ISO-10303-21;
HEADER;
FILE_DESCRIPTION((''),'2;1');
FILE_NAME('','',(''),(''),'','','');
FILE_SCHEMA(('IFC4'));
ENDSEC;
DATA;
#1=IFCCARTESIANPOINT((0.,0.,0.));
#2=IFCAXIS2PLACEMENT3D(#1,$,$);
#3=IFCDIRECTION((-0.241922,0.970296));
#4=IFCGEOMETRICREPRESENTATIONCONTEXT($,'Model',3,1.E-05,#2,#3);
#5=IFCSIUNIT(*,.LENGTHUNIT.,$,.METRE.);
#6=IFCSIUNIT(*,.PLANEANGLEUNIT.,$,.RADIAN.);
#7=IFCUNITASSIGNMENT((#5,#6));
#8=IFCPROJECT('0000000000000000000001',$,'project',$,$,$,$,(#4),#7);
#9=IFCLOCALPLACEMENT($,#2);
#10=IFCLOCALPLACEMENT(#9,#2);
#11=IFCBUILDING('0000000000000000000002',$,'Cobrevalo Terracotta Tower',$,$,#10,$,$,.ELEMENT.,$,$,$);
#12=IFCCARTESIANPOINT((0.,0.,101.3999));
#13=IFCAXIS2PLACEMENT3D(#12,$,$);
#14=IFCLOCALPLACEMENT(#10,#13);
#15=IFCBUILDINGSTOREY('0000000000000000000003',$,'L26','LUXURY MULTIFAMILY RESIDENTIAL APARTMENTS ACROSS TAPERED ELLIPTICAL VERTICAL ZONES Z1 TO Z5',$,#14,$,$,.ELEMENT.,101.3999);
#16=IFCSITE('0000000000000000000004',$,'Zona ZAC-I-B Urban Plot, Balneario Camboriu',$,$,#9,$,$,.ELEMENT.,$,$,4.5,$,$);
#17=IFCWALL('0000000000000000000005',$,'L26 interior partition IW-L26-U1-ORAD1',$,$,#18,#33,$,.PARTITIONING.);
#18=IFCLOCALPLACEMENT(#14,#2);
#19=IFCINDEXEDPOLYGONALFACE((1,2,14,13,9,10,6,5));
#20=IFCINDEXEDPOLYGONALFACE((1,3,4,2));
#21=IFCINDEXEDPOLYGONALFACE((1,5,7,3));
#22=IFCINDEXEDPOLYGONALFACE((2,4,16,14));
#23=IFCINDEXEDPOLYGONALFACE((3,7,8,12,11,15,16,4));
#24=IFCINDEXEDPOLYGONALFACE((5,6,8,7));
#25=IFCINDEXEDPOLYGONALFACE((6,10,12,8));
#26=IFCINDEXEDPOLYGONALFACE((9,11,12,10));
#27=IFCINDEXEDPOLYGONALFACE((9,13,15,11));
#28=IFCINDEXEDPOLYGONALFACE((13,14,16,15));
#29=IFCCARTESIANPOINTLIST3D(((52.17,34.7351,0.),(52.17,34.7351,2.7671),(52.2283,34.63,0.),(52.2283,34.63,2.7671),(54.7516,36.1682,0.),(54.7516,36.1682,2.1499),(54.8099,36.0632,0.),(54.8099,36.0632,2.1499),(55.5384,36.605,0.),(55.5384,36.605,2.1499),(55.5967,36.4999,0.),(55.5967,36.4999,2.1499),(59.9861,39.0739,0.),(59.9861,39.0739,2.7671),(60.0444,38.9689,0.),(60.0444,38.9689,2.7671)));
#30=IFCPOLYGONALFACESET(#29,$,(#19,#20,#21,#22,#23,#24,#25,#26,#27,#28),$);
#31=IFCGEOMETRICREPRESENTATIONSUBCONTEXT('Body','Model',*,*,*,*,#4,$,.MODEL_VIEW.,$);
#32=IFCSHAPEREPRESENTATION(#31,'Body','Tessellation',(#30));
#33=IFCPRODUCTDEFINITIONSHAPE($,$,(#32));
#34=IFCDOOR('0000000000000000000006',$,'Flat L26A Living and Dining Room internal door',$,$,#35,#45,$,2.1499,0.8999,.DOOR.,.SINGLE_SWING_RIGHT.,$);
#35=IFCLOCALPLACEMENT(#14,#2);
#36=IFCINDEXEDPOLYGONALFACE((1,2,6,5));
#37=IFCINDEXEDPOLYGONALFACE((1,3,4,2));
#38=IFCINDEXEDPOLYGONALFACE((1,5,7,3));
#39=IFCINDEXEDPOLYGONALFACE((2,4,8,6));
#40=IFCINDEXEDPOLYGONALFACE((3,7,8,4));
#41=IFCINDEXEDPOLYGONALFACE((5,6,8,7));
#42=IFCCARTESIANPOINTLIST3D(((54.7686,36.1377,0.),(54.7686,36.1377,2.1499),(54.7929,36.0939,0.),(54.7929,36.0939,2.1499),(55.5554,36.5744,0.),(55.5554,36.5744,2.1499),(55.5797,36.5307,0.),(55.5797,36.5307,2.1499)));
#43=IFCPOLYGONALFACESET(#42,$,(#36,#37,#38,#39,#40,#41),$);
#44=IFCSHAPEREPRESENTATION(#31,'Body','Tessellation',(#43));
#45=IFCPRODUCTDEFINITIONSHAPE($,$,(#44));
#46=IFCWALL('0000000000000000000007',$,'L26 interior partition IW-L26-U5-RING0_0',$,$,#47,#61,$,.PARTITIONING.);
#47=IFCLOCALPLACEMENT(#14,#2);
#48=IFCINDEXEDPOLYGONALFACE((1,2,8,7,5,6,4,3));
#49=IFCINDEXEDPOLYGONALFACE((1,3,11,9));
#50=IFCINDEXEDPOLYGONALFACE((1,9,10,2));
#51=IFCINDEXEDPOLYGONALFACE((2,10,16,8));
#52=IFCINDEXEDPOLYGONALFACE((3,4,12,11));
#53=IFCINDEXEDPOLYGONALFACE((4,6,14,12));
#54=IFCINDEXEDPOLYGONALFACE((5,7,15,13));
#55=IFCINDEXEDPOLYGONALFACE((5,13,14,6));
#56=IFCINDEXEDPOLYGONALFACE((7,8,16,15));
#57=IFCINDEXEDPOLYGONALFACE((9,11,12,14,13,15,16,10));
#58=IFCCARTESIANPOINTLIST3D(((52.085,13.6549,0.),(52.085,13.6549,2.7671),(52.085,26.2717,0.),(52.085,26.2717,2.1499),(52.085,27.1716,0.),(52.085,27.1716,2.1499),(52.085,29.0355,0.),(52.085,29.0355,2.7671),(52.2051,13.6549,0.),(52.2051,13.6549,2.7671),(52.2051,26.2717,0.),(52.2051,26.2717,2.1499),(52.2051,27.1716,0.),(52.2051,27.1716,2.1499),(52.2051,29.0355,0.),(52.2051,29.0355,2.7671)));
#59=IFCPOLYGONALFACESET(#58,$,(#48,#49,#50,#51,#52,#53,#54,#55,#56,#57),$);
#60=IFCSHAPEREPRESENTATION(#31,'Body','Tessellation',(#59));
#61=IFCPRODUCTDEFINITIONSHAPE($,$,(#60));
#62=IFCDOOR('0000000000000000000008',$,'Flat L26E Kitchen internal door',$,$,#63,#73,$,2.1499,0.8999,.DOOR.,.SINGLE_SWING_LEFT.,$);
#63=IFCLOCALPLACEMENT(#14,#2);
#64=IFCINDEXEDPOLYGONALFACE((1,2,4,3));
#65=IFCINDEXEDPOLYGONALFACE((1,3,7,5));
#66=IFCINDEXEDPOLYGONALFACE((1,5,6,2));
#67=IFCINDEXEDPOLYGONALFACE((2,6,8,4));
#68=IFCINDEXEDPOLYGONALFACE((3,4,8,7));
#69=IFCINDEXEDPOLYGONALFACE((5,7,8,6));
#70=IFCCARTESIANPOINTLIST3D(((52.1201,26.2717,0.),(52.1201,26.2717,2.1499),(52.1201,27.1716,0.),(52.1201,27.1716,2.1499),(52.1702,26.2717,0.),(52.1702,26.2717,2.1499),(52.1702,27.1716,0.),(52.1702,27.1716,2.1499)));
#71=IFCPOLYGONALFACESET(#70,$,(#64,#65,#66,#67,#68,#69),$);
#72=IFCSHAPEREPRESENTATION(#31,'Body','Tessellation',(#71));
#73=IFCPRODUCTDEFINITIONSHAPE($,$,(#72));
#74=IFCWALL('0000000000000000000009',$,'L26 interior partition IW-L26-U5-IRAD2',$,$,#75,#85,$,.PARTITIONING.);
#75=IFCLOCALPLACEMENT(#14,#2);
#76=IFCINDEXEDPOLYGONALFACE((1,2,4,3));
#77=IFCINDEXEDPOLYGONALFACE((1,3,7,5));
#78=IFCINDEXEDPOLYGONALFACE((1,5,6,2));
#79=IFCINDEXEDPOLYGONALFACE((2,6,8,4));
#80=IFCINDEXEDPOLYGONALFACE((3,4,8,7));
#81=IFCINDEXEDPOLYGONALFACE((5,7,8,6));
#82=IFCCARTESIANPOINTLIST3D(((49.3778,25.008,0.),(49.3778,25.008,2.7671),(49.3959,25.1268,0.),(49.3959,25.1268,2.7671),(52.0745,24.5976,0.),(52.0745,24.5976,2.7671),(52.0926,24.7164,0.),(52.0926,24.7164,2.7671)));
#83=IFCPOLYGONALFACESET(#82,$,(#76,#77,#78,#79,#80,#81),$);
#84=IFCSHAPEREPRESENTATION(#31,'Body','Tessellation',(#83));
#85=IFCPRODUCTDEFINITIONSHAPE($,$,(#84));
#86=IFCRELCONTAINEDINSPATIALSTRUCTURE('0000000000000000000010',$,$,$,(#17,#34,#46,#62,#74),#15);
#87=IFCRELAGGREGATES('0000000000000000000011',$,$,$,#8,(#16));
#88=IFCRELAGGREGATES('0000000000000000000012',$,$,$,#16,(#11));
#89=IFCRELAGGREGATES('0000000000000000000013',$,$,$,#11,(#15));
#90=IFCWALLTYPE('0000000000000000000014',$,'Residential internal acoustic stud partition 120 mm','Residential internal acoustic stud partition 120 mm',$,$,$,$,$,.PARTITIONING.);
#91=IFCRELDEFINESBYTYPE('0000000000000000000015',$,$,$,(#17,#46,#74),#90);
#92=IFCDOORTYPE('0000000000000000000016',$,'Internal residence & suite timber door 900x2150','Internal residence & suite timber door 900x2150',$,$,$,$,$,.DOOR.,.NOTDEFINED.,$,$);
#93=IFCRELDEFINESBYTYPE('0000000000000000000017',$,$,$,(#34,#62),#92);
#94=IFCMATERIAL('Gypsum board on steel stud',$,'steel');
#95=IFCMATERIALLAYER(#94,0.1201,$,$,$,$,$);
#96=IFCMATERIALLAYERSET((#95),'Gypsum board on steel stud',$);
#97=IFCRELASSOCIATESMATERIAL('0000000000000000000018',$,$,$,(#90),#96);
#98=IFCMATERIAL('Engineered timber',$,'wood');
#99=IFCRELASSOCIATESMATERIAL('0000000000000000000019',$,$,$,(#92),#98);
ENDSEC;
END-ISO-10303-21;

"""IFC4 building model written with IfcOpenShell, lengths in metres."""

from ifc_helpers import new_model, si_unit, direction, frame, frame_2d, origin, place, context, subcontext, project, spatial, rectangle, extrude, source, transform, mapped, material, layer, layer_set, type_object, element, fill, save


model = new_model("IFC4")

# Units and contexts
model_context = context("Model", 3, precision=1e-05, world=origin(), true_north=direction((-0.241922, 0.970296)))
body_context = subcontext(model_context, "Body", "Model", "MODEL_VIEW")
ifc_project = project(units=[si_unit("LENGTHUNIT", "METRE"), si_unit("PLANEANGLEUNIT", "RADIAN")], contexts=[model_context])

# Site, building, storey
site_placement = place(None, origin())
site = spatial("IfcSite", under=ifc_project, at=site_placement, Name="Zona ZAC-I-B Urban Plot, Balneario Camboriu", CompositionType="ELEMENT", RefElevation=4.5)
building_placement = place(site_placement, origin())
building = spatial("IfcBuilding", under=site, at=building_placement, Name="Cobrevalo Terracotta Tower", CompositionType="ELEMENT")
storey_placement = place(building_placement, frame((0.0, 0.0, 101.3999)))
storey = spatial("IfcBuildingStorey", under=building, at=storey_placement, Name="L26", Description="LUXURY MULTIFAMILY RESIDENTIAL APARTMENTS ACROSS TAPERED ELLIPTICAL VERTICAL ZONES Z1 TO Z5", CompositionType="ELEMENT", Elevation=101.3999)

# Walls, openings, doors
ifc_material_1 = material(Name="Gypsum board on steel stud", Category="steel")
ifc_layer_1 = layer(ifc_material_1, 0.1201)
ifc_layer_set_1 = layer_set([ifc_layer_1], Name="Gypsum board on steel stud")
wall_type_1 = type_object("IfcWallType", Name="Residential internal acoustic stud partition 120 mm", Description="Residential internal acoustic stud partition 120 mm", PredefinedType="PARTITIONING", material=ifc_layer_set_1)
wall_1_placement = place(storey_placement, frame((52.1992, 34.6826, 0.0), z_axis=(0.0, 0.0, 1.0), x_axis=(0.874321, 0.485348, 0.0)))
wall_1 = element("IfcWall", 1, at=wall_1_placement, inside=storey, type_object=wall_type_1, Name="L26 interior partition IW-L26-U1-ORAD1", PredefinedType="PARTITIONING", context=body_context, shape_type="SweptSolid", body=[
    extrude(rectangle(XDim=8.9397, YDim=0.1201, at=frame_2d((4.4697, 0.0))), origin(), (0.0, 0.0, 1.0), 2.7671),
])
opening_1_placement = place(wall_1_placement, frame((2.9526, 0.0, 0.0)))
opening_1 = element("IfcOpeningElement", 2, at=opening_1_placement, cuts=wall_1, PredefinedType="OPENING", context=body_context, shape_type="SweptSolid", body=[
    extrude(rectangle(XDim=0.8999, YDim=2.1499, at=frame_2d((0.45, 1.075))), frame((0.0, 0.0701, 0.0), z_axis=(0.0, -1.0, 0.0), x_axis=(1.0, 0.0, 0.0)), (0.0, 0.0, 1.0), 0.1401),
])
ifc_material_2 = material(Name="Engineered timber", Category="wood")
door_type_1 = type_object("IfcDoorType", Name="Internal residence & suite timber door 900x2150", Description="Internal residence & suite timber door 900x2150", OperationType="NOTDEFINED", PredefinedType="DOOR", material=ifc_material_2)
shared_shape_1 = source(origin(), body_context, "Body", "SweptSolid", [
    extrude(rectangle(XDim=0.8999, YDim=2.1499, at=frame_2d((0.45, 1.075))), frame((0.0, 0.0249, 0.0), z_axis=(0.0, -1.0, 0.0), x_axis=(1.0, 0.0, 0.0)), (0.0, 0.0, 1.0), 0.05),
])
door_1_placement = place(opening_1_placement, frame((0.8999, 0.0, 0.0), z_axis=(0.0, 0.0, 1.0), x_axis=(-1.0, 0.0, 0.0)))
door_1 = element("IfcDoor", 3, at=door_1_placement, inside=storey, type_object=door_type_1, Name="Flat L26A Living and Dining Room internal door", OperationType="SINGLE_SWING_RIGHT", OverallHeight=2.1499, OverallWidth=0.8999, PredefinedType="DOOR", context=body_context, shape_type="MappedRepresentation", body=[
    mapped(shared_shape_1, transform((0.0, 0.0, 0.0), scale=1.0)),
])
fill(opening_1, door_1)
wall_2_placement = place(storey_placement, frame((52.145, 29.0356, 0.0), z_axis=(0.0, 0.0, 1.0), x_axis=(0.0, -1.0, 0.0)))
wall_2 = element("IfcWall", 4, at=wall_2_placement, inside=storey, type_object=wall_type_1, Name="L26 interior partition IW-L26-U5-RING0_0", PredefinedType="PARTITIONING", context=body_context, shape_type="SweptSolid", body=[
    extrude(rectangle(XDim=15.3806, YDim=0.1201, at=frame_2d((7.6904, 0.0))), origin(), (0.0, 0.0, 1.0), 2.7671),
])
opening_2_placement = place(wall_2_placement, frame((1.864, 0.0, 0.0)))
opening_2 = element("IfcOpeningElement", 5, at=opening_2_placement, cuts=wall_2, PredefinedType="OPENING", context=body_context, shape_type="SweptSolid", body=[
    extrude(rectangle(XDim=0.8999, YDim=2.1499, at=frame_2d((0.45, 1.075))), frame((0.0, 0.0701, 0.0), z_axis=(0.0, -1.0, 0.0), x_axis=(1.0, 0.0, 0.0)), (0.0, 0.0, 1.0), 0.1401),
])
door_2_placement = place(opening_2_placement, frame((0.8999, 0.0, 0.0), z_axis=(0.0, 0.0, 1.0), x_axis=(-1.0, 0.0, 0.0)))
door_2 = element("IfcDoor", 6, at=door_2_placement, inside=storey, type_object=door_type_1, Name="Flat L26E Kitchen internal door", OperationType="SINGLE_SWING_LEFT", OverallHeight=2.1499, OverallWidth=0.8999, PredefinedType="DOOR", context=body_context, shape_type="MappedRepresentation", body=[
    mapped(shared_shape_1, transform((0.0, 0.0, 0.0), scale=1.0)),
])
fill(opening_2, door_2)

# Wall
wall_3_placement = place(storey_placement, frame((49.387, 25.0674, 0.0), z_axis=(0.0, 0.0, 1.0), x_axis=(0.988618, -0.15045, 0.0)))
element("IfcWall", 7, at=wall_3_placement, inside=storey, type_object=wall_type_1, Name="L26 interior partition IW-L26-U5-IRAD2", PredefinedType="PARTITIONING", context=body_context, shape_type="SweptSolid", body=[
    extrude(rectangle(XDim=2.7278, YDim=0.1201, at=frame_2d((1.3638, 0.0))), origin(), (0.0, 0.0, 1.0), 2.7671),
])

save(model, "model.ifc")
